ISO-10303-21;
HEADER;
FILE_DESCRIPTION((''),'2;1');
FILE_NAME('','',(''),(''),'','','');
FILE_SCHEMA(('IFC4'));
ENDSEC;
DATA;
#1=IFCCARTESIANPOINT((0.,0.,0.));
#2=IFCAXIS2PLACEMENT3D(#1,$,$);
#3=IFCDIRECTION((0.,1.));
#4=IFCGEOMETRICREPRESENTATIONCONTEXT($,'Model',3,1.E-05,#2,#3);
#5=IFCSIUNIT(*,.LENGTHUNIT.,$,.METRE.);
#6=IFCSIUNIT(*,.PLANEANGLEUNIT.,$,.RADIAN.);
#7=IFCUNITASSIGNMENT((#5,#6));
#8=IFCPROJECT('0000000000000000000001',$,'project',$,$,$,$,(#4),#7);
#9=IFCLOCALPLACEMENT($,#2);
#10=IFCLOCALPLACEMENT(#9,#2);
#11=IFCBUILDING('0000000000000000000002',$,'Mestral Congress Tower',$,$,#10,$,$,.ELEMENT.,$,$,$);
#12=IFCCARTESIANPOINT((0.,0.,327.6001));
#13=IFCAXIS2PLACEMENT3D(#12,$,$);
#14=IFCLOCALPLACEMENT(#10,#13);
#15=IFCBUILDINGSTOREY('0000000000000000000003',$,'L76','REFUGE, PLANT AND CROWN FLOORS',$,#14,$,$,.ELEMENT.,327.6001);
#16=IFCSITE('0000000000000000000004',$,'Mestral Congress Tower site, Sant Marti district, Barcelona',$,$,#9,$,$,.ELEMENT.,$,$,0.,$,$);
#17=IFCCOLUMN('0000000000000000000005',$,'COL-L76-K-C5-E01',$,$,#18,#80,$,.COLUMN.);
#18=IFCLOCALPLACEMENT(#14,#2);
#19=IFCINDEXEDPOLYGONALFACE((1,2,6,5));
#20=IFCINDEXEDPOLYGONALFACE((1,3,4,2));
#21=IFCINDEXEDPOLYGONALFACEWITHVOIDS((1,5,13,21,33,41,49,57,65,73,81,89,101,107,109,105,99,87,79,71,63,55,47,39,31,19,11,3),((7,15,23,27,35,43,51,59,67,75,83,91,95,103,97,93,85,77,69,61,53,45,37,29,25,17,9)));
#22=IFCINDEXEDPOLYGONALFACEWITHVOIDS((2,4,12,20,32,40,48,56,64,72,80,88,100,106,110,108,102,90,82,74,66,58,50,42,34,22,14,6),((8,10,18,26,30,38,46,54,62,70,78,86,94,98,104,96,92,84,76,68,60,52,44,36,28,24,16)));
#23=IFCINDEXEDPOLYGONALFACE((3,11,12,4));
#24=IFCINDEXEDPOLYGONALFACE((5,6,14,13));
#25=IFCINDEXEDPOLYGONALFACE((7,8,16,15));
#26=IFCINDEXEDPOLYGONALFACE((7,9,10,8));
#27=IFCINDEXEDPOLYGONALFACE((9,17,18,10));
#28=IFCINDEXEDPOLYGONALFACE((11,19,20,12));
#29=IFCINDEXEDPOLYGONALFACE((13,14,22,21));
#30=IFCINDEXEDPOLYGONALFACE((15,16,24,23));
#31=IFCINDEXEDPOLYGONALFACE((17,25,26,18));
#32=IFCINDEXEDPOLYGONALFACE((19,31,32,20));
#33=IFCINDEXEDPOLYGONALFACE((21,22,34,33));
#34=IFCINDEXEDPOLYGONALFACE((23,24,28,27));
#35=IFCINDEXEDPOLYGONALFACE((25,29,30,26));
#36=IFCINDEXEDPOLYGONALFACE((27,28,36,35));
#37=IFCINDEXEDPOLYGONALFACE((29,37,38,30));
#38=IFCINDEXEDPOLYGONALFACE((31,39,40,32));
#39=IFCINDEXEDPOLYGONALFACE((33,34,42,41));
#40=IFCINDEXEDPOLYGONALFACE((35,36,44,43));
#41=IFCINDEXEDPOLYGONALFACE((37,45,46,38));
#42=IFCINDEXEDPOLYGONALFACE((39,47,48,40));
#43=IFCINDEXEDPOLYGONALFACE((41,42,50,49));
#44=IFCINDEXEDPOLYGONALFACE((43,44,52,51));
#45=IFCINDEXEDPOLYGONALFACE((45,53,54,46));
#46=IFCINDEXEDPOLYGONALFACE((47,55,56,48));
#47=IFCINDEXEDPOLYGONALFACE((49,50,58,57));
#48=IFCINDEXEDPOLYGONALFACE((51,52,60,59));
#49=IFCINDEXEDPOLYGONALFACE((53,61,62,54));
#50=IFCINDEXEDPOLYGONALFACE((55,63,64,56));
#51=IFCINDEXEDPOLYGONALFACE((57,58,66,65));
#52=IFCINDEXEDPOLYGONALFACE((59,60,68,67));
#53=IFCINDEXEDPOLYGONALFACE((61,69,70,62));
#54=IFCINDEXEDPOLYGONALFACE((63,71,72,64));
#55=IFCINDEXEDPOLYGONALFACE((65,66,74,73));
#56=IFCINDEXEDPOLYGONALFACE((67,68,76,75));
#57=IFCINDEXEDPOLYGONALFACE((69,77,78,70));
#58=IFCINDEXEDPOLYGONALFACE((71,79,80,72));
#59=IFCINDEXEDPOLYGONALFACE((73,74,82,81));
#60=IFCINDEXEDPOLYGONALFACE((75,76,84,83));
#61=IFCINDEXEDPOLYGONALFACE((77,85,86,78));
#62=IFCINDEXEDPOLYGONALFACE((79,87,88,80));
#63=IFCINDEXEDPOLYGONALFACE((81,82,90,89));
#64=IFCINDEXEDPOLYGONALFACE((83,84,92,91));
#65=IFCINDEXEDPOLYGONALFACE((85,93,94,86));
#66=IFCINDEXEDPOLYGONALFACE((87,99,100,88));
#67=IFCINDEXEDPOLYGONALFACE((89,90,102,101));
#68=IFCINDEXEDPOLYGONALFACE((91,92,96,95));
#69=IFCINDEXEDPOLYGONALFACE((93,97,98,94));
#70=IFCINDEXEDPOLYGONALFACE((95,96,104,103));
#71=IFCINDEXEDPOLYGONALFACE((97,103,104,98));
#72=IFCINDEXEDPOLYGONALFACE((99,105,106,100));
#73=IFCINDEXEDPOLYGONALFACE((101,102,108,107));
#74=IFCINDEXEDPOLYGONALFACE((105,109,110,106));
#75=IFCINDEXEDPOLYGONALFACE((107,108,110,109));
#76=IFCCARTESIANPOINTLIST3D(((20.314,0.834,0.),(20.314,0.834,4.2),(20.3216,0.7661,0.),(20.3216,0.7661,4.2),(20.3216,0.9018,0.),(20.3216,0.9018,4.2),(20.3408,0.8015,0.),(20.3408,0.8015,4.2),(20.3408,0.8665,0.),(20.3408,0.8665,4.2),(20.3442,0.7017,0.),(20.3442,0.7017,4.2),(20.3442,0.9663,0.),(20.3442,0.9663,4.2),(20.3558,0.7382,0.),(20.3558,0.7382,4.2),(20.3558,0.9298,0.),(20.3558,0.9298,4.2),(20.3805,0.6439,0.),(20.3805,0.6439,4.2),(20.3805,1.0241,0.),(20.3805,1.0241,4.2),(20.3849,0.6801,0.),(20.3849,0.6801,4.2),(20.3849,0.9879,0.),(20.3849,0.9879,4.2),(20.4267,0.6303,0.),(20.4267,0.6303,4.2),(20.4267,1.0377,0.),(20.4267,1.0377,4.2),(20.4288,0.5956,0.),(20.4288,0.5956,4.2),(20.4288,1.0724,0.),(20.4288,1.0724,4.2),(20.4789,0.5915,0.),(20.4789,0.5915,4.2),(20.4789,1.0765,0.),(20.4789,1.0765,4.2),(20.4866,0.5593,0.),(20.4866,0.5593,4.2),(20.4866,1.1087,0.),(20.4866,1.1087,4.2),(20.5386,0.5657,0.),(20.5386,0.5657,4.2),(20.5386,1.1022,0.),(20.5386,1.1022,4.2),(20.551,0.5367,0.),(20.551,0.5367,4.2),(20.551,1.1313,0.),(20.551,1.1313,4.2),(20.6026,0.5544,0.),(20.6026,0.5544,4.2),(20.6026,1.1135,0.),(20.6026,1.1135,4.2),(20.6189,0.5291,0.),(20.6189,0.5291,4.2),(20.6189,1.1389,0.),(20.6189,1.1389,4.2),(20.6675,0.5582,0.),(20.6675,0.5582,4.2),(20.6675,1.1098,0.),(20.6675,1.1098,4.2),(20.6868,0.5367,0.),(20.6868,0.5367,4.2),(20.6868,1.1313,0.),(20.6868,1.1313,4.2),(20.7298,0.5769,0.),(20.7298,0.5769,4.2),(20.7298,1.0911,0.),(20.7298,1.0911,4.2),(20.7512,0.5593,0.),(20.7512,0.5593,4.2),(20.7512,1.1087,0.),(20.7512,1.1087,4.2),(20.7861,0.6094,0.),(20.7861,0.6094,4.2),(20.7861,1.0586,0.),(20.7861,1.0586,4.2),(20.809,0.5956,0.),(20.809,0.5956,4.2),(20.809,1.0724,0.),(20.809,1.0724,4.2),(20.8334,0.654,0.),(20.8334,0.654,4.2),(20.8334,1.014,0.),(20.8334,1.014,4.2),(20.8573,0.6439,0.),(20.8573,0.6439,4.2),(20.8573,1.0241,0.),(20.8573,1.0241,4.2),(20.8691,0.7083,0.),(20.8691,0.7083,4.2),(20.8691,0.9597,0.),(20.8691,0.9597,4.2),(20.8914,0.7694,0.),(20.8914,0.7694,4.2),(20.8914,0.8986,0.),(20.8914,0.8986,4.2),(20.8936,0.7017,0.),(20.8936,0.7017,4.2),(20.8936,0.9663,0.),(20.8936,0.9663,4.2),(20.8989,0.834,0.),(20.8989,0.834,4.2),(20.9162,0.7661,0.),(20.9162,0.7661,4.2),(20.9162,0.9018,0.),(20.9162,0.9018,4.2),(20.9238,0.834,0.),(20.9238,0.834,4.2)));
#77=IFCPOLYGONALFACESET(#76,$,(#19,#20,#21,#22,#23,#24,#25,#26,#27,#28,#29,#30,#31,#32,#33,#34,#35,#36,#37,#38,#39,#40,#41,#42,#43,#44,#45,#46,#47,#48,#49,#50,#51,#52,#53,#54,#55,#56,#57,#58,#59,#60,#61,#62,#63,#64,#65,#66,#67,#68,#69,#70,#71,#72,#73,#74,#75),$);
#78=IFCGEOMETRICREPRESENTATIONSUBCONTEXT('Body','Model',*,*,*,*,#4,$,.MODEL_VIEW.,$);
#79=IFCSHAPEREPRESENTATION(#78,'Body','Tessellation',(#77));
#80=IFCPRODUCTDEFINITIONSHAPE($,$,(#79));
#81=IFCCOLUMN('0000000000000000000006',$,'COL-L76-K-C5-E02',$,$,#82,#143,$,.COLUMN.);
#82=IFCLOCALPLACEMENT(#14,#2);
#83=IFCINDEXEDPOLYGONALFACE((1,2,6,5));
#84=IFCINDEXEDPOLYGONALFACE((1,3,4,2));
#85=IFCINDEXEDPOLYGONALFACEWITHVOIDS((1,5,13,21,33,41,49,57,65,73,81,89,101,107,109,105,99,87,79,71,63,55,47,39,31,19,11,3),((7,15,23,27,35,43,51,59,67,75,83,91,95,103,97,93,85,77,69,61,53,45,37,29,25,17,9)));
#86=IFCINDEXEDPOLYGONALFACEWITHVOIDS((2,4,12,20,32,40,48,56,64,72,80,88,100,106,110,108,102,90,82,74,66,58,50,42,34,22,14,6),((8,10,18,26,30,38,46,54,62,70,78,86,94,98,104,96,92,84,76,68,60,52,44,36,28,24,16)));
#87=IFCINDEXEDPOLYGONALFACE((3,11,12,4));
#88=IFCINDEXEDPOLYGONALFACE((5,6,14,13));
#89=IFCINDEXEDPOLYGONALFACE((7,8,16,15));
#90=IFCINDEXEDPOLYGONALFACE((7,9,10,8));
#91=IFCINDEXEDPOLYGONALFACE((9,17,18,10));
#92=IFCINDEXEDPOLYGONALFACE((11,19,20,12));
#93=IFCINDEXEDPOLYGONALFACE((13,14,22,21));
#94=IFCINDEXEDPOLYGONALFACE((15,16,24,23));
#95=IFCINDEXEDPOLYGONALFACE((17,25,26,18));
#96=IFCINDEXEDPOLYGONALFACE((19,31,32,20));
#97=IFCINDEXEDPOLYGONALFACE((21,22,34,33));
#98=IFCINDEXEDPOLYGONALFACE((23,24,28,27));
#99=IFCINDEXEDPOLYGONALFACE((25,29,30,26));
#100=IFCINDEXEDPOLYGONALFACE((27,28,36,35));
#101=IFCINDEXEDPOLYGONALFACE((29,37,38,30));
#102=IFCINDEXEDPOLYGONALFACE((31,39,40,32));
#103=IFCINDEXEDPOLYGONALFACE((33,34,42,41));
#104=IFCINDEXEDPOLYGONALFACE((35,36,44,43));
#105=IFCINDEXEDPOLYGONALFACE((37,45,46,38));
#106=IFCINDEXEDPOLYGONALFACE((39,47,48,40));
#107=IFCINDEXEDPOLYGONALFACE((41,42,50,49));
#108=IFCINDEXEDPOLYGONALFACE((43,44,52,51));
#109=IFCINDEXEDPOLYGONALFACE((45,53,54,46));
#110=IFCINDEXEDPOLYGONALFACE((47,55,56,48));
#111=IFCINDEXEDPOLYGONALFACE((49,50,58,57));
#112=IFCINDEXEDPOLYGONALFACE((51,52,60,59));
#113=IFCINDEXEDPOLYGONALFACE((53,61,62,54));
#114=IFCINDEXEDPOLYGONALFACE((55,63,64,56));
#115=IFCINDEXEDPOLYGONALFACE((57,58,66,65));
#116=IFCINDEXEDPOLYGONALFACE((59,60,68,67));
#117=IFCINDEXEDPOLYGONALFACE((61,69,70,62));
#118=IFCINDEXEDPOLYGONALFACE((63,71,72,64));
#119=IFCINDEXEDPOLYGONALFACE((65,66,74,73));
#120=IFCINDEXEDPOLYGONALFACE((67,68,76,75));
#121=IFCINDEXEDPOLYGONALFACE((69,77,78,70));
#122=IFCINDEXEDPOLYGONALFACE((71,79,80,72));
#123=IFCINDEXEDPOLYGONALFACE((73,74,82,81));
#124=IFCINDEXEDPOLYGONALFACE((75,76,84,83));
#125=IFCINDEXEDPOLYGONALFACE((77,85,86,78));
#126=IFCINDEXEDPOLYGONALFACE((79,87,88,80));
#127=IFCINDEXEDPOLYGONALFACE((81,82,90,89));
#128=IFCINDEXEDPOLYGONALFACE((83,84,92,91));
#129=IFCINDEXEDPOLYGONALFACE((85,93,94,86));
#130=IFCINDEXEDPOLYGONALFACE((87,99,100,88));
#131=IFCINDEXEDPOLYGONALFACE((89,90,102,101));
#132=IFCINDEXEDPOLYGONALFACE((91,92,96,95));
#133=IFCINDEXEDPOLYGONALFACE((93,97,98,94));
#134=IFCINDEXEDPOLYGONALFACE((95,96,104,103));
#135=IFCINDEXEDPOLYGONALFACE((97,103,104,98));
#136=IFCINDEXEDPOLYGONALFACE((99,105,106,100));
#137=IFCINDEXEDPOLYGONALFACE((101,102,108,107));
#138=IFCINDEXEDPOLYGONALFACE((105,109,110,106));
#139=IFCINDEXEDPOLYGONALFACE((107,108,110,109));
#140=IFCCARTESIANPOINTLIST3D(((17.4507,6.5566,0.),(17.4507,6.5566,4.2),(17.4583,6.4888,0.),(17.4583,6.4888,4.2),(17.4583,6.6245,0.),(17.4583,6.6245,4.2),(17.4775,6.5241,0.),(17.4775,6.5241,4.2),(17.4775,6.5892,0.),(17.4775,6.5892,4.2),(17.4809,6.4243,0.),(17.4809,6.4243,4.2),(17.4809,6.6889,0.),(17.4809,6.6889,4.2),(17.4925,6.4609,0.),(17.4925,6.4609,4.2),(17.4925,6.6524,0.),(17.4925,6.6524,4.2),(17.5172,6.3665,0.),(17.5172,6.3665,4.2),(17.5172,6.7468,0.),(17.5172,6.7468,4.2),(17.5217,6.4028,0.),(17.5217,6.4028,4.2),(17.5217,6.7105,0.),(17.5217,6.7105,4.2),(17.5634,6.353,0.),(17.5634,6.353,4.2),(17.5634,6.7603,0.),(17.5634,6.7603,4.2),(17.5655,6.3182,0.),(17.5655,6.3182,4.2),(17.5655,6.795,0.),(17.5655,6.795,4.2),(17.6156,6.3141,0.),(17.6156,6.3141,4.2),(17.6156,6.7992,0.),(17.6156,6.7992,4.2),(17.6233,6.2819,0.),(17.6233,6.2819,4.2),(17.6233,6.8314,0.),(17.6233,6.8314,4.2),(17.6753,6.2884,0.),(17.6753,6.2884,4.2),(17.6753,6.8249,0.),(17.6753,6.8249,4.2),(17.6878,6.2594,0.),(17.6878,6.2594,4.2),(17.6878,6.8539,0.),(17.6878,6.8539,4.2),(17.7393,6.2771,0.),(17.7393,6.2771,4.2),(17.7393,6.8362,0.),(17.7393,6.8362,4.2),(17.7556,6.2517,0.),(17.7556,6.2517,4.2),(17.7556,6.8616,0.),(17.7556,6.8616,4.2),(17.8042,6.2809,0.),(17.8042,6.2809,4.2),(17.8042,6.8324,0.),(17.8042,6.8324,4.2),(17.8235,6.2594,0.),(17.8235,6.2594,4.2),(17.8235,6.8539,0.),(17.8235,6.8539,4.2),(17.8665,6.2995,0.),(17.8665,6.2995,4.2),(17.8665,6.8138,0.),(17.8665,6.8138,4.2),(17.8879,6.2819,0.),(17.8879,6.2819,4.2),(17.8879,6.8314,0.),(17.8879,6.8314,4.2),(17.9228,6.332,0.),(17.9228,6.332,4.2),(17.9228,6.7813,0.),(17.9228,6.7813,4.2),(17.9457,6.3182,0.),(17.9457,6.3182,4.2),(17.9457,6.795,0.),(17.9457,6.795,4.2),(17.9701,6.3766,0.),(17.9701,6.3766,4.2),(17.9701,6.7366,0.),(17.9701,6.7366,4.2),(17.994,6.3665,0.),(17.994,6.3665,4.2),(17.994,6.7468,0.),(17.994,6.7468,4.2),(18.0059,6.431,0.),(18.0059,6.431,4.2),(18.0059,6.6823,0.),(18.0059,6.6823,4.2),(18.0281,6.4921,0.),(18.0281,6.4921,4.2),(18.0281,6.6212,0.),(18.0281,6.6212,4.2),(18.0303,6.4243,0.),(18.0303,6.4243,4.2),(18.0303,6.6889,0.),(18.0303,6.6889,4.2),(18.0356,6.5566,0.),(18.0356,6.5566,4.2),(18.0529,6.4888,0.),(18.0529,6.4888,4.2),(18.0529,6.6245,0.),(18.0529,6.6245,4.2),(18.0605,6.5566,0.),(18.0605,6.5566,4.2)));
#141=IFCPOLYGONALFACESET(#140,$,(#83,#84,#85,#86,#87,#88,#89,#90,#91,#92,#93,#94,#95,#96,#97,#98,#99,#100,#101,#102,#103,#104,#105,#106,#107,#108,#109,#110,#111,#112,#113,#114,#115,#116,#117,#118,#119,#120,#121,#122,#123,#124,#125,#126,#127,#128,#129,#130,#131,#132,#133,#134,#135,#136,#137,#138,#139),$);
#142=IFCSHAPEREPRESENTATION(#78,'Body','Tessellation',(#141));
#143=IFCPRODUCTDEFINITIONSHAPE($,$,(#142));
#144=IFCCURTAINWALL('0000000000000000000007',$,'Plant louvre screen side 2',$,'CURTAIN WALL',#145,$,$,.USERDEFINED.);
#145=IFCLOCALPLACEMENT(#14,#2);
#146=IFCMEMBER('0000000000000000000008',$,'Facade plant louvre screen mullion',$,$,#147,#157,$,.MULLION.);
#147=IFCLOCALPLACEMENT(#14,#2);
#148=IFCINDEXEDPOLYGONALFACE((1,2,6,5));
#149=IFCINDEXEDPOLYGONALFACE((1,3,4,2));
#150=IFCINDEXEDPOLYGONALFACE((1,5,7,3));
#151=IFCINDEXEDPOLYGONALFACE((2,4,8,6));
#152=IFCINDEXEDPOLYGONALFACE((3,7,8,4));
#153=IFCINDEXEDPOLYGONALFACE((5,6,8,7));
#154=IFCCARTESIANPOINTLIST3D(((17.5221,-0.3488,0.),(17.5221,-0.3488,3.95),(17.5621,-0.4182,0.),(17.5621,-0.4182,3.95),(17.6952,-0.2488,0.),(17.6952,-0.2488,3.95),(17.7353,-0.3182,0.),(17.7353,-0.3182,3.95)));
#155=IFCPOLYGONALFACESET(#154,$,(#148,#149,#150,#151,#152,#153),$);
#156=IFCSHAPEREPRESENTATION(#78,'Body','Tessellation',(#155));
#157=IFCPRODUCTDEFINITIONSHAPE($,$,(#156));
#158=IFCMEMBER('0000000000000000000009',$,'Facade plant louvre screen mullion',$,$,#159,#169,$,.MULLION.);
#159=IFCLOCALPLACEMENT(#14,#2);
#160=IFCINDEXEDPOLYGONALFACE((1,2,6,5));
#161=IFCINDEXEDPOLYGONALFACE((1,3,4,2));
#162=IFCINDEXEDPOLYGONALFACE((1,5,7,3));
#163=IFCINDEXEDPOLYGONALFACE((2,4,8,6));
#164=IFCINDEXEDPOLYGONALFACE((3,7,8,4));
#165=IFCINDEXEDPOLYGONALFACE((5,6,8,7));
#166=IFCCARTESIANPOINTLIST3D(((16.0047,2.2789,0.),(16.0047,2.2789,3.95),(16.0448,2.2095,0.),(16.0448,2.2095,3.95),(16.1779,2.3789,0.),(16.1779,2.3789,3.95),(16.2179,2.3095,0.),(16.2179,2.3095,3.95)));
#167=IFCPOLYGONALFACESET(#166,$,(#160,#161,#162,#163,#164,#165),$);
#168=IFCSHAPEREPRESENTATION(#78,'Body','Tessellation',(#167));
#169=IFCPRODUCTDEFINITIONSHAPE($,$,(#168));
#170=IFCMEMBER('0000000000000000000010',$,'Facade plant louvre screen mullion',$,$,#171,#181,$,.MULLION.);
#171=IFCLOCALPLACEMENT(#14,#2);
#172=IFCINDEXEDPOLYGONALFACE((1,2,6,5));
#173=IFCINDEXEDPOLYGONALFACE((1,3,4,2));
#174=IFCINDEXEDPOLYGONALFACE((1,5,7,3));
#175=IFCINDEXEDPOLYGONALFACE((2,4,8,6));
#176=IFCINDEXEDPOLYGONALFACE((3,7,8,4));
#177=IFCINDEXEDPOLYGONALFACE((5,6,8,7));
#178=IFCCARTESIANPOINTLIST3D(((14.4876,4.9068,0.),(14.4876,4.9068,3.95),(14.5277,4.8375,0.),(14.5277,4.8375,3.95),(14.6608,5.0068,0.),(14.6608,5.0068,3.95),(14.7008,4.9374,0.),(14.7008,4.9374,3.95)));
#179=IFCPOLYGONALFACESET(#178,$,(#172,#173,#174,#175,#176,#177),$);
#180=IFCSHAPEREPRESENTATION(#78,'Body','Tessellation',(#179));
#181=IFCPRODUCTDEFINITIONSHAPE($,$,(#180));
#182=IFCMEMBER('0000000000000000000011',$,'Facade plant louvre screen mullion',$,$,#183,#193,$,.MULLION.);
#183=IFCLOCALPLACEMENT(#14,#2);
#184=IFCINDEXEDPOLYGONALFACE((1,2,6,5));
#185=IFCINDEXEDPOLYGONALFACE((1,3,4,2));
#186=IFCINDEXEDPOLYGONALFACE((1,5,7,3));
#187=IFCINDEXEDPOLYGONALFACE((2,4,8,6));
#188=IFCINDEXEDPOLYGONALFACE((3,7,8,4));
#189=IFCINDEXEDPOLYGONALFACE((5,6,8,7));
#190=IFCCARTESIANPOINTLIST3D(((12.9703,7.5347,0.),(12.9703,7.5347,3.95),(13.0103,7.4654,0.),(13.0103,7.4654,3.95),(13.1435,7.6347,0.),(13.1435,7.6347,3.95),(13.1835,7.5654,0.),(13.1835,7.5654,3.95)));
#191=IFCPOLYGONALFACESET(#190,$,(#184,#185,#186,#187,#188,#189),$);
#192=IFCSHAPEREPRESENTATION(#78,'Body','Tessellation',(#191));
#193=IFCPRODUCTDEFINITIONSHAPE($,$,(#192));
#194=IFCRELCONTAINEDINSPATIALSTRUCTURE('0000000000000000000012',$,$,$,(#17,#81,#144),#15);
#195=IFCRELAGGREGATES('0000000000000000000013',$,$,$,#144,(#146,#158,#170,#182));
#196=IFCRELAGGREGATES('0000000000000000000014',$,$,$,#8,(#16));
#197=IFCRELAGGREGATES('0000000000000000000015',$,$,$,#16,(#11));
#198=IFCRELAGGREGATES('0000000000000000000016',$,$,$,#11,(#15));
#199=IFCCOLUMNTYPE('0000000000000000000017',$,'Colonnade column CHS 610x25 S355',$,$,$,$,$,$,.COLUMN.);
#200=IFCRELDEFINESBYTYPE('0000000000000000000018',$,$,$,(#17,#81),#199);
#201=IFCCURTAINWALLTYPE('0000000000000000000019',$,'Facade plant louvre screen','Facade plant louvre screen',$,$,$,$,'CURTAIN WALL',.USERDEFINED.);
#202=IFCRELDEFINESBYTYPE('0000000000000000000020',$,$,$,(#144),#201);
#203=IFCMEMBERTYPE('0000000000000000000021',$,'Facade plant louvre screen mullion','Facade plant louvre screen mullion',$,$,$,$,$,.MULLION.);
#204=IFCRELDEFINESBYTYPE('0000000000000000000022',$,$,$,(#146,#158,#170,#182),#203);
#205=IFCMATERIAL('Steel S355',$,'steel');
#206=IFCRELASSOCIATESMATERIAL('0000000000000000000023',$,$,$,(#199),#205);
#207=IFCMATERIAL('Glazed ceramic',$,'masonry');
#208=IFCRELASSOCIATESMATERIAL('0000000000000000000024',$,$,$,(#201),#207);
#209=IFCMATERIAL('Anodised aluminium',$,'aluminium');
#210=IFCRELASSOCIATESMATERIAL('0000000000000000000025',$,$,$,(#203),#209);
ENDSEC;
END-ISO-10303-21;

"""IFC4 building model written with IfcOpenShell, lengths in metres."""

from ifc_helpers import new_model, si_unit, direction, frame, origin, origin_2d, place, context, subcontext, project, spatial, rectangle, hollow_circle, extrude, material, material_profile, profile_set, type_object, element, aggregate, save


model = new_model("IFC4")

# Units and contexts
model_context = context("Model", 3, precision=1e-05, world=origin(), true_north=direction((0.0, 1.0)))
body_context = subcontext(model_context, "Body", "Model", "MODEL_VIEW")
ifc_project = project(units=[si_unit("LENGTHUNIT", "METRE"), si_unit("PLANEANGLEUNIT", "RADIAN")], contexts=[model_context])

# Site, building, storey
site_placement = place(None, origin())
site = spatial("IfcSite", under=ifc_project, at=site_placement, Name="Mestral Congress Tower site, Sant Marti district, Barcelona", CompositionType="ELEMENT", RefElevation=0.0)
building_placement = place(site_placement, origin())
building = spatial("IfcBuilding", under=site, at=building_placement, Name="Mestral Congress Tower", CompositionType="ELEMENT")
storey_placement = place(building_placement, frame((0.0, 0.0, 327.6001)))
storey = spatial("IfcBuildingStorey", under=building, at=storey_placement, Name="L76", Description="REFUGE, PLANT AND CROWN FLOORS", CompositionType="ELEMENT", Elevation=327.6001)

# Columns
ifc_material_1 = material(Name="Steel S355", Category="steel")
ifc_material_profile_1 = material_profile(ifc_material_1, hollow_circle(Radius=0.3049, WallThickness=0.0249, at=origin_2d()), Name="CHS 610x25")
ifc_profile_set_1 = profile_set([ifc_material_profile_1], Name="Steel S355")
column_type = type_object("IfcColumnType", Name="Colonnade column CHS 610x25 S355", PredefinedType="COLUMN", material=ifc_profile_set_1)
for number, where, z_axis, x_axis, name in (
    (1, (20.6189, 0.834, 0.0), (0.0, 0.0, 1.0), (1.0, 0.0, 0.0), "COL-L76-K-C5-E01"),
    (2, (17.7556, 6.5566, 0.0), (0.0, 0.0, 1.0), (1.0, 0.0, 0.0), "COL-L76-K-C5-E02"),
):
    element("IfcColumn", number, at=place(storey_placement, frame(where, z_axis=z_axis, x_axis=x_axis)), inside=storey, type_object=column_type, Name=name, PredefinedType="COLUMN", context=body_context, shape_type="SweptSolid", body=[
        extrude(hollow_circle(Radius=0.3049, WallThickness=0.0249, at=origin_2d()), origin(), (0.0, 0.0, 1.0), 4.2),
    ])

# Curtain wall, members
ifc_material_2 = material(Name="Glazed ceramic", Category="masonry")
curtain_wall_type = type_object("IfcCurtainWallType", Name="Facade plant louvre screen", Description="Facade plant louvre screen", ElementType="CURTAIN WALL", PredefinedType="USERDEFINED", material=ifc_material_2)
curtain_wall_placement = place(storey_placement, origin())
curtain_wall = element("IfcCurtainWall", 3, at=curtain_wall_placement, inside=storey, type_object=curtain_wall_type, Name="Plant louvre screen side 2", ObjectType="CURTAIN WALL", PredefinedType="USERDEFINED")
ifc_material_3 = material(Name="Anodised aluminium", Category="aluminium")
ifc_material_profile_2 = material_profile(ifc_material_3, rectangle(XDim=0.2, YDim=0.0801, at=origin_2d()), Name="CW6 mullion 200 x 80")
ifc_profile_set_2 = profile_set([ifc_material_profile_2], Name="Anodised aluminium")
member_type_1 = type_object("IfcMemberType", Name="Facade plant louvre screen mullion", Description="Facade plant louvre screen mullion", PredefinedType="MULLION", material=ifc_profile_set_2)
member_1_placement = place(storey_placement, frame((17.6287, -0.3335, 0.0), z_axis=(0.0, 0.0, 1.0), x_axis=(0.866025, 0.500002, 0.0)))
member_1 = element("IfcMember", 4, at=member_1_placement, type_object=member_type_1, Name="Facade plant louvre screen mullion", PredefinedType="MULLION", context=body_context, shape_type="SweptSolid", body=[
    extrude(rectangle(XDim=0.2, YDim=0.0801, at=origin_2d()), origin(), (0.0, 0.0, 1.0), 3.95),
])
member_2_placement = place(storey_placement, frame((16.1113, 2.2942, 0.0), z_axis=(0.0, 0.0, 1.0), x_axis=(0.866025, 0.500002, 0.0)))
member_2 = element("IfcMember", 5, at=member_2_placement, type_object=member_type_1, Name="Facade plant louvre screen mullion", PredefinedType="MULLION", context=body_context, shape_type="SweptSolid", body=[
    extrude(rectangle(XDim=0.2, YDim=0.0801, at=origin_2d()), origin(), (0.0, 0.0, 1.0), 3.95),
])
member_3_placement = place(storey_placement, frame((14.5942, 4.9221, 0.0), z_axis=(0.0, 0.0, 1.0), x_axis=(0.866025, 0.500002, 0.0)))
member_3 = element("IfcMember", 6, at=member_3_placement, type_object=member_type_1, Name="Facade plant louvre screen mullion", PredefinedType="MULLION", context=body_context, shape_type="SweptSolid", body=[
    extrude(rectangle(XDim=0.2, YDim=0.0801, at=origin_2d()), origin(), (0.0, 0.0, 1.0), 3.95),
])
member_4_placement = place(storey_placement, frame((13.0769, 7.55, 0.0), z_axis=(0.0, 0.0, 1.0), x_axis=(0.866025, 0.500002, 0.0)))
member_4 = element("IfcMember", 7, at=member_4_placement, type_object=member_type_1, Name="Facade plant louvre screen mullion", PredefinedType="MULLION", context=body_context, shape_type="SweptSolid", body=[
    extrude(rectangle(XDim=0.2, YDim=0.0801, at=origin_2d()), origin(), (0.0, 0.0, 1.0), 3.95),
])

aggregate(curtain_wall, [member_1, member_2, member_3, member_4])

save(model, "model.ifc")
